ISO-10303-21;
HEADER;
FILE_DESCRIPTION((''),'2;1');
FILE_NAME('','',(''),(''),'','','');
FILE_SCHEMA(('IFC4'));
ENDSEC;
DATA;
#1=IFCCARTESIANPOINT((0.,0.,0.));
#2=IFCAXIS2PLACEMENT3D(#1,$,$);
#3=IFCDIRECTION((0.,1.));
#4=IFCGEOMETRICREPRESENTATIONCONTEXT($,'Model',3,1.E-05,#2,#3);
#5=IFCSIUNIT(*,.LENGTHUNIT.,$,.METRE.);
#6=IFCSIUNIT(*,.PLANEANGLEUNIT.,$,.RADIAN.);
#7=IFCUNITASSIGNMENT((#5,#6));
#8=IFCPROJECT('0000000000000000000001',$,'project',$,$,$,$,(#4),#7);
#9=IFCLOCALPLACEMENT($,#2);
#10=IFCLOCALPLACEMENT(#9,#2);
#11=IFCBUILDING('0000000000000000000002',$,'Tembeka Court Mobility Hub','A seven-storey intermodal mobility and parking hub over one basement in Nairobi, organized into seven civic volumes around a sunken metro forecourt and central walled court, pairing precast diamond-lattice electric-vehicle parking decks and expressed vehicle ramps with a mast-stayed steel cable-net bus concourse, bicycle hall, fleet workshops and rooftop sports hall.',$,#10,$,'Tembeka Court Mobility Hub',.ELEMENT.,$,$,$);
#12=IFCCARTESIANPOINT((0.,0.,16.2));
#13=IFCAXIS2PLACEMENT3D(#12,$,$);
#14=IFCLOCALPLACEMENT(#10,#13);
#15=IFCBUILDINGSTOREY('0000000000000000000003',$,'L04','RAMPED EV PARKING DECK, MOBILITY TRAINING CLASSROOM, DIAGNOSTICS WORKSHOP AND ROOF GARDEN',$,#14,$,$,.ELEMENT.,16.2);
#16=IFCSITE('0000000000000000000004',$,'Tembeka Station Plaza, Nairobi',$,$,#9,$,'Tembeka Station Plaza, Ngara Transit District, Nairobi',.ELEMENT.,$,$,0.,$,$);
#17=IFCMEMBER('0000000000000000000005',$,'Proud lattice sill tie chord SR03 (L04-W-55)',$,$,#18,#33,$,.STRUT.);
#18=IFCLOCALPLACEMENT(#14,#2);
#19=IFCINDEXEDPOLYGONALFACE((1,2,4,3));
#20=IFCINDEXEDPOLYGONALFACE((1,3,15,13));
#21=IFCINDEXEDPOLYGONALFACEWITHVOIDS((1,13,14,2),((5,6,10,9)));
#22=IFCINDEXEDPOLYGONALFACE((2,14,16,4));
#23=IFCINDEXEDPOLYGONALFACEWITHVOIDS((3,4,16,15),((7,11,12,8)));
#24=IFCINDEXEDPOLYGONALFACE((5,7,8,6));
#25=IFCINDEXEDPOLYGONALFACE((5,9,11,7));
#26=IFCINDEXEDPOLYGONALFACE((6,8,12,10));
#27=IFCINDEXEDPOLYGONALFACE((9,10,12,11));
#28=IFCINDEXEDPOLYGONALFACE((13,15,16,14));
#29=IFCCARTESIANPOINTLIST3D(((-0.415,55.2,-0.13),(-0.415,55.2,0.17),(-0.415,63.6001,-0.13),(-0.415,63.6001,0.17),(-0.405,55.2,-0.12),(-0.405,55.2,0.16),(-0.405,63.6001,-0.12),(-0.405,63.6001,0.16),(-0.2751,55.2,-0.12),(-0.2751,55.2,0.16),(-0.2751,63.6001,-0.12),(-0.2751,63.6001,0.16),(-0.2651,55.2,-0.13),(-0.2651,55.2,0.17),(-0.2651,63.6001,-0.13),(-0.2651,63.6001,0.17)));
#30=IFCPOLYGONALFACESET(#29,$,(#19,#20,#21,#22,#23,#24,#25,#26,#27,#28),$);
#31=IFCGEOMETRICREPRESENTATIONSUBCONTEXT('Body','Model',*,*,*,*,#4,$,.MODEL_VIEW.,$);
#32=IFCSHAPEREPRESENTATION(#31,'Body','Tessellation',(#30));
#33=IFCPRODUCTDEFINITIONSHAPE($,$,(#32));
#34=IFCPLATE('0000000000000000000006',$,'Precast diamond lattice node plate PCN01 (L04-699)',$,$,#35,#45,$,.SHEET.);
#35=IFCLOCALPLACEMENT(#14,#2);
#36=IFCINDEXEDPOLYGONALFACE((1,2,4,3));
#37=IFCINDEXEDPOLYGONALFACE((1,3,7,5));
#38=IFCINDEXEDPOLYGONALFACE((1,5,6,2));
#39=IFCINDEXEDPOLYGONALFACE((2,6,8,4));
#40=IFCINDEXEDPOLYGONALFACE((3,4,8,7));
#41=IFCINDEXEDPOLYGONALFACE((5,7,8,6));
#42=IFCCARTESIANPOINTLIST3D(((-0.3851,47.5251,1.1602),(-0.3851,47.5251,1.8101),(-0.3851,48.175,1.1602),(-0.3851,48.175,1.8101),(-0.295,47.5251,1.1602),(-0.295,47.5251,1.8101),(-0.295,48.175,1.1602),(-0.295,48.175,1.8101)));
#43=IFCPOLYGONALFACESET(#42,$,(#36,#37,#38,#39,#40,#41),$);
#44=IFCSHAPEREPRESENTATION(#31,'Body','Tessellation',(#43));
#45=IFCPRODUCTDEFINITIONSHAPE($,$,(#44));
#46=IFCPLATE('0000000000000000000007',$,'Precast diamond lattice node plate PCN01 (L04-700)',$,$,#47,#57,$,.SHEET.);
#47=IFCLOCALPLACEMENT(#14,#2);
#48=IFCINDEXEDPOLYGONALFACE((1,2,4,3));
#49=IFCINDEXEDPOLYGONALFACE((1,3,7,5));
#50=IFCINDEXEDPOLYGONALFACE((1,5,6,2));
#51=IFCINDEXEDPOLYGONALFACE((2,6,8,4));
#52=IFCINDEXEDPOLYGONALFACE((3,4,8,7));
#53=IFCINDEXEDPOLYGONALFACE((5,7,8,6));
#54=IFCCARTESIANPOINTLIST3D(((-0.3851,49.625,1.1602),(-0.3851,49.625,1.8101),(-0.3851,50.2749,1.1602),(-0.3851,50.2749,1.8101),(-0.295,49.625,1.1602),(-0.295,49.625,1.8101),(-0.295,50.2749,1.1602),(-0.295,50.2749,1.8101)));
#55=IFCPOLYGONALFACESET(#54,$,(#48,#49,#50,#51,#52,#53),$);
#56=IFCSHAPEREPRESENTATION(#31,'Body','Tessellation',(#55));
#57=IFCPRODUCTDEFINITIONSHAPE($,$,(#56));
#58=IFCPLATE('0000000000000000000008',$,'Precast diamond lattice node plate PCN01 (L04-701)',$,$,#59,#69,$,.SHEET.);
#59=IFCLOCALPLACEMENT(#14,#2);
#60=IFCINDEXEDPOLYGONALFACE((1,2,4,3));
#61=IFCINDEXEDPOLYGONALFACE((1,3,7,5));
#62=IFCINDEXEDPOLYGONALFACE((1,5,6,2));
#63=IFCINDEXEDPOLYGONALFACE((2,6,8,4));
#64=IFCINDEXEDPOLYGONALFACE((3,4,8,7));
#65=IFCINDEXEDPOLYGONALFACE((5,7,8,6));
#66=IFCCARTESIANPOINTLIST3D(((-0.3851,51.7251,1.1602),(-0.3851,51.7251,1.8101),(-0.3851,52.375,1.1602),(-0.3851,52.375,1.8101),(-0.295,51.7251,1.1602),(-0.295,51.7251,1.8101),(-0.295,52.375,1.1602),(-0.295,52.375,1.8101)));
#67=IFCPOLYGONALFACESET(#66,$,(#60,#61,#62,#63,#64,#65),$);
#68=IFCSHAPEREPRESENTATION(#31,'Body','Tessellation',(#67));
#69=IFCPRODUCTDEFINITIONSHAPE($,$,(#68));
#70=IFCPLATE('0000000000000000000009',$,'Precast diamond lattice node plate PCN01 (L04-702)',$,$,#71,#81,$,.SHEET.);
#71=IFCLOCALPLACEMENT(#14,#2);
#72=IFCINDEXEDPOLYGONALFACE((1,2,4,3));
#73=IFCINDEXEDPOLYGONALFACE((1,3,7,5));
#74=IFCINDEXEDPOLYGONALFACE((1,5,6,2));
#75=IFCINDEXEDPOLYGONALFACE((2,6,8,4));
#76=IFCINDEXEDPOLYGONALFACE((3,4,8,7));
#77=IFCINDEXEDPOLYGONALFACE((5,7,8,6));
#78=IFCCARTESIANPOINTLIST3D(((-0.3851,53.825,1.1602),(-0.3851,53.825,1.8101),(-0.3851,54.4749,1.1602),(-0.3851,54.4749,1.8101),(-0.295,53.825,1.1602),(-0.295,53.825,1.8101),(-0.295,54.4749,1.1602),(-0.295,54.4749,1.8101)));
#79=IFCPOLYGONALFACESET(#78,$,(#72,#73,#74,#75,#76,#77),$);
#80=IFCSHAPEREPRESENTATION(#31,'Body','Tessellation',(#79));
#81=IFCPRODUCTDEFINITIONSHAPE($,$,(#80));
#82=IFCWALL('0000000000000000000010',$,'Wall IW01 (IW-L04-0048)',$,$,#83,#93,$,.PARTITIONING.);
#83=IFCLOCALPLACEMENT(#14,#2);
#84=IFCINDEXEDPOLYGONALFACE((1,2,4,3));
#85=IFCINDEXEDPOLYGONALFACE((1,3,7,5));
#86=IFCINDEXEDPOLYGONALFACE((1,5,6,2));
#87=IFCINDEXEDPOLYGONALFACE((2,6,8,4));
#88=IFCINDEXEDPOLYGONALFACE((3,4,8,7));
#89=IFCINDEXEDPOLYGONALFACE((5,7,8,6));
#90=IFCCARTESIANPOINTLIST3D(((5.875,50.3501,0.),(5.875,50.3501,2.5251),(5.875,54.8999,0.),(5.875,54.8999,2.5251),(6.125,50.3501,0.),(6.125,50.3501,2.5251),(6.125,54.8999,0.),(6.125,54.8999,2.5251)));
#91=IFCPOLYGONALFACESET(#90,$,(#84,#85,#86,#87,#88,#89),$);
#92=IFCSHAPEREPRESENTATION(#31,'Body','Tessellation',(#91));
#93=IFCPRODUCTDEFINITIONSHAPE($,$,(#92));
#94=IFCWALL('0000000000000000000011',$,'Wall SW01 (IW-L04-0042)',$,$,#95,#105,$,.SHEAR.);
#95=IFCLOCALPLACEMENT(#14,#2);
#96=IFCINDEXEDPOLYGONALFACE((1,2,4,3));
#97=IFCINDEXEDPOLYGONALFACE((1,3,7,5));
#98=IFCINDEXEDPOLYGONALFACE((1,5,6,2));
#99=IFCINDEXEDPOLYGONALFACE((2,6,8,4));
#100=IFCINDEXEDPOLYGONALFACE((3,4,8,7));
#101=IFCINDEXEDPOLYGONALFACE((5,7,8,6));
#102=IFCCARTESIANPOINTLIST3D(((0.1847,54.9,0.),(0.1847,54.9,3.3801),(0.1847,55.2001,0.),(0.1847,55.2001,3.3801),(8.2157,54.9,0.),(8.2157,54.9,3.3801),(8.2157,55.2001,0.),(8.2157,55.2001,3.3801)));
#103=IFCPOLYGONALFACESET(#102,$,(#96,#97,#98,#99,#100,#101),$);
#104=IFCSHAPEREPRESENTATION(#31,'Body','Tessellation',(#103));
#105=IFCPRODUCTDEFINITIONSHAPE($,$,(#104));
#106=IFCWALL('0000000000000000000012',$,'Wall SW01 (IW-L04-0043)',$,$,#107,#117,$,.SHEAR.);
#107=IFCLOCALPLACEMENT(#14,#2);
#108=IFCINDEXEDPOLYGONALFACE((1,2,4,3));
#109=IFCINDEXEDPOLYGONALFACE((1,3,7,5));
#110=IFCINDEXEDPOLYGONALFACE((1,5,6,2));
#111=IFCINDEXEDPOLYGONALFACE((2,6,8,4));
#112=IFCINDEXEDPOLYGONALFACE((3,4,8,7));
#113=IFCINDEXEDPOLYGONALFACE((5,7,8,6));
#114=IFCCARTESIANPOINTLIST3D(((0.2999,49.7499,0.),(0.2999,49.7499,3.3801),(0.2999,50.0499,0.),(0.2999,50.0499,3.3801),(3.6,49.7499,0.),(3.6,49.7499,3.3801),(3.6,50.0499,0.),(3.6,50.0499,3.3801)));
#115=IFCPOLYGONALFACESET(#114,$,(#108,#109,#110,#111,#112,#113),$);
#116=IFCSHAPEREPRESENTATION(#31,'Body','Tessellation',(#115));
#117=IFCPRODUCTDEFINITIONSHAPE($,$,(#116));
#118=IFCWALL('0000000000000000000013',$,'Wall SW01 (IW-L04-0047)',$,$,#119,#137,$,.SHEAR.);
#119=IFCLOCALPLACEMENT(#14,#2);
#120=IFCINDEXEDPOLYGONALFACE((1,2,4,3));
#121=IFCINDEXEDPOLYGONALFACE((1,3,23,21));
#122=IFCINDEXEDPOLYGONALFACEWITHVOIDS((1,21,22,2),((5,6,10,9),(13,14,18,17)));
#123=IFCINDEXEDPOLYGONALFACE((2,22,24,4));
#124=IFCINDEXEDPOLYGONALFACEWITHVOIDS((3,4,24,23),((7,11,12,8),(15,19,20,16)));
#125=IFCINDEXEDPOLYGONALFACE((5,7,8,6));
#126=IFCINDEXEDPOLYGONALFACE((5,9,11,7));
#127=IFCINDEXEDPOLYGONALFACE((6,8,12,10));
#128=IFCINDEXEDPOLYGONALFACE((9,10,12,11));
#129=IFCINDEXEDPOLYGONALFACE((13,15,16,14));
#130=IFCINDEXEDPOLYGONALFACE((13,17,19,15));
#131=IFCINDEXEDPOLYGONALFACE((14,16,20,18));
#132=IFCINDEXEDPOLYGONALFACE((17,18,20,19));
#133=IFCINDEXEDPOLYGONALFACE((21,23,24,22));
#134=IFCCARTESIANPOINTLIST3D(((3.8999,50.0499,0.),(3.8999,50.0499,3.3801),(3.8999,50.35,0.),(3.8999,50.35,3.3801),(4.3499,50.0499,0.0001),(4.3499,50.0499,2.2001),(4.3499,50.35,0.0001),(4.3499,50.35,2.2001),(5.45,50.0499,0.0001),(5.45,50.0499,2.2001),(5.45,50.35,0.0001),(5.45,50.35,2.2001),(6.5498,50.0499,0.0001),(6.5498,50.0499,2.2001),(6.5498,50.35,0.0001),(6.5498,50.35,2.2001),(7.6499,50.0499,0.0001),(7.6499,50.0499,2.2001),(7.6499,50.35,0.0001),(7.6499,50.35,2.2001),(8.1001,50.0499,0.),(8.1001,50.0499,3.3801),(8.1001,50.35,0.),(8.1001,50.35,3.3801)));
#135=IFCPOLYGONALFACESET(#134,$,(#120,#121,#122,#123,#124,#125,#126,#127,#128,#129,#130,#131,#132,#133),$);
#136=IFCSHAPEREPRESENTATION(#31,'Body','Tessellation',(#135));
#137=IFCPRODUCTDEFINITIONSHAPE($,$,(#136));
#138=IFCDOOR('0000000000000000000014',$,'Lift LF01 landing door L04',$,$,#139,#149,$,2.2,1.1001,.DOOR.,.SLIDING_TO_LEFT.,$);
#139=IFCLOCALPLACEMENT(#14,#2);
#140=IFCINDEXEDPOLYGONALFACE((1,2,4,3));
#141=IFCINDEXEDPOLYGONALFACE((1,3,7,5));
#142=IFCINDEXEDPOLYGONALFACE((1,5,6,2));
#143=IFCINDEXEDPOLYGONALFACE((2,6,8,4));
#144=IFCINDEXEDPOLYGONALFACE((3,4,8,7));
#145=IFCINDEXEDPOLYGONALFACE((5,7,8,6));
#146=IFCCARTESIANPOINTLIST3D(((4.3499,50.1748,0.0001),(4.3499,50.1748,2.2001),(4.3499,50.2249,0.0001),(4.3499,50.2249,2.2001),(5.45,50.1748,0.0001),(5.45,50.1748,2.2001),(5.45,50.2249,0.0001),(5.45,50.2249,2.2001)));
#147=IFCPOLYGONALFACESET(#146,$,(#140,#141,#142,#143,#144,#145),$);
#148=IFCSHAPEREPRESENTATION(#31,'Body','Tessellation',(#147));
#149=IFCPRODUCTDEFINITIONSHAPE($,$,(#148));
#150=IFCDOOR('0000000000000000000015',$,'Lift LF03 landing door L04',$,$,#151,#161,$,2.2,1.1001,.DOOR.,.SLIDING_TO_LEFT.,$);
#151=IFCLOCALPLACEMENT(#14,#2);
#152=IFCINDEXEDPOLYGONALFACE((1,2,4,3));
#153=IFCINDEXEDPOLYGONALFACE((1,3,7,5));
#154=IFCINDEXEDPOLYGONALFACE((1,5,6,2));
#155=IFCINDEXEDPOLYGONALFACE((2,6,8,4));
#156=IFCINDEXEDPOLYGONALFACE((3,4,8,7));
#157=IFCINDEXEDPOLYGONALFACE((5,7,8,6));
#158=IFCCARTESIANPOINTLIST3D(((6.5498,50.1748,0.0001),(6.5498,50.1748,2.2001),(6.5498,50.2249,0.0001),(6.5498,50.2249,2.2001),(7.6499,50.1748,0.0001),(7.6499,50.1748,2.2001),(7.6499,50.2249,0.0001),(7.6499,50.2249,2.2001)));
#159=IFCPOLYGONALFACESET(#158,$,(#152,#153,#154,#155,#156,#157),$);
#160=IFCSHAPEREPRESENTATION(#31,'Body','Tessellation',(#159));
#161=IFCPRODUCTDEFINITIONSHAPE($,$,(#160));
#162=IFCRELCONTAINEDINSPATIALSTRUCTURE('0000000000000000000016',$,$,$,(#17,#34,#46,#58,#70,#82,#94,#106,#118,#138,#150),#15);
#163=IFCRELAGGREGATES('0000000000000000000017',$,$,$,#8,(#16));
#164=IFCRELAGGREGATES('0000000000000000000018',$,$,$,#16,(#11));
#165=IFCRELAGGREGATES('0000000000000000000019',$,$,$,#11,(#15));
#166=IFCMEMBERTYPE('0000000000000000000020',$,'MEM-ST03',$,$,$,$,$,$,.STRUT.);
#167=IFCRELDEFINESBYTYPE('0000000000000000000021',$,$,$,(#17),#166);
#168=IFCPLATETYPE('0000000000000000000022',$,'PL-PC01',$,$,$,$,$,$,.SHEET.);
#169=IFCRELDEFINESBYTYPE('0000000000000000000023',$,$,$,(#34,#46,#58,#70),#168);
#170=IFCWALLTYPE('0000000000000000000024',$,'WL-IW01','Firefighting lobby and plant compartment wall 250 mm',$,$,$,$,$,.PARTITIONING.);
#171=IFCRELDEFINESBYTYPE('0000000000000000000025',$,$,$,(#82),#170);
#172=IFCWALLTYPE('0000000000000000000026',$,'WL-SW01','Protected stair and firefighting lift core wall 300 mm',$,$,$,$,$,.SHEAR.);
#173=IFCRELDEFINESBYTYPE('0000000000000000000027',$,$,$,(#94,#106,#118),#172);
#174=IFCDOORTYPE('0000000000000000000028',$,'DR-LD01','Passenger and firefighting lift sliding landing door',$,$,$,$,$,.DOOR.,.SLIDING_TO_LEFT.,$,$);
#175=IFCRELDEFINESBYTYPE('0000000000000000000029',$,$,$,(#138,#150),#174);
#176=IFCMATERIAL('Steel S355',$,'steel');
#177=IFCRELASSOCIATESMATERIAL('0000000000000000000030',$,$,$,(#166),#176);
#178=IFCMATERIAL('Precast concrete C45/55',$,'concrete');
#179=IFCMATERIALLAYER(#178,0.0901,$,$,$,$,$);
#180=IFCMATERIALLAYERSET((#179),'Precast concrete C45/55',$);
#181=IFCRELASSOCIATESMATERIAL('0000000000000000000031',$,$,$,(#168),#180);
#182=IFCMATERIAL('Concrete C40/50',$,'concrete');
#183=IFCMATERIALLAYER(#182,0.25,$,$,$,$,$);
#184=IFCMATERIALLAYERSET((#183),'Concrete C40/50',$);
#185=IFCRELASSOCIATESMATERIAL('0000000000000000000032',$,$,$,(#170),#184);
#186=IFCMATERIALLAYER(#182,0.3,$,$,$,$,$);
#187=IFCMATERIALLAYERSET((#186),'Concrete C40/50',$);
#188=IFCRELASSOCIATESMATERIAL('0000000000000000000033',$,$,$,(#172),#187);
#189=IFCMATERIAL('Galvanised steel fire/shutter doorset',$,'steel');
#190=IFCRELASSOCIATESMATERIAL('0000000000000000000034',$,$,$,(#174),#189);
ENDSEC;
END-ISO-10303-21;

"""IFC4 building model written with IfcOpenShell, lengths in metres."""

from ifc_helpers import new_model, si_unit, direction, frame, frame_2d, origin, origin_2d, place, context, subcontext, project, spatial, rectangle, hollow_rectangle, extrude, material, layer, layer_set, material_profile, profile_set, type_object, element, fill, save


model = new_model("IFC4")

# Units and contexts
model_context = context("Model", 3, precision=1e-05, world=origin(), true_north=direction((0.0, 1.0)))
body_context = subcontext(model_context, "Body", "Model", "MODEL_VIEW")
ifc_project = project(units=[si_unit("LENGTHUNIT", "METRE"), si_unit("PLANEANGLEUNIT", "RADIAN")], contexts=[model_context])

# Site, building, storey
site_placement = place(None, origin())
site = spatial("IfcSite", under=ifc_project, at=site_placement, Name="Tembeka Station Plaza, Nairobi", LongName="Tembeka Station Plaza, Ngara Transit District, Nairobi", CompositionType="ELEMENT", RefElevation=0.0)
building_placement = place(site_placement, origin())
building = spatial("IfcBuilding", under=site, at=building_placement, Name="Tembeka Court Mobility Hub", Description="A seven-storey intermodal mobility and parking hub over one basement in Nairobi, organized into seven civic volumes around a sunken metro forecourt and central walled court, pairing precast diamond-lattice electric-vehicle parking decks and expressed vehicle ramps with a mast-stayed steel cable-net bus concourse, bicycle hall, fleet workshops and rooftop sports hall.", LongName="Tembeka Court Mobility Hub", CompositionType="ELEMENT")
storey_placement = place(building_placement, frame((0.0, 0.0, 16.2)))
storey = spatial("IfcBuildingStorey", under=building, at=storey_placement, Name="L04", Description="RAMPED EV PARKING DECK, MOBILITY TRAINING CLASSROOM, DIAGNOSTICS WORKSHOP AND ROOF GARDEN", CompositionType="ELEMENT", Elevation=16.2)

# Shared definitions
ifc_material_1 = material(Name="Steel S355", Category="steel")

# Shared definitions
ifc_material_2 = material(Name="Precast concrete C45/55", Category="concrete")

# Member
ifc_material_profile_1 = material_profile(ifc_material_1, hollow_rectangle(XDim=0.1499, YDim=0.3, WallThickness=0.01, at=origin_2d()), Name="RHS 300x150x10")
ifc_profile_set_1 = profile_set([ifc_material_profile_1], Name="Steel S355")
member_type_1 = type_object("IfcMemberType", Name="MEM-ST03", PredefinedType="STRUT", material=ifc_profile_set_1)
member_1_placement = place(storey_placement, frame((-0.3401, 55.2, 0.02), z_axis=(0.0, 1.0, 0.0), x_axis=(-1.0, 0.0, 0.0)))
element("IfcMember", 1, at=member_1_placement, inside=storey, type_object=member_type_1, Name="Proud lattice sill tie chord SR03 (L04-W-55)", PredefinedType="STRUT", context=body_context, shape_type="SweptSolid", body=[
    extrude(hollow_rectangle(XDim=0.1499, YDim=0.3, WallThickness=0.01, at=origin_2d()), origin(), (0.0, 0.0, 1.0), 8.4001),
])

# Plates
ifc_layer_1 = layer(ifc_material_2, 0.0901)
ifc_layer_set_1 = layer_set([ifc_layer_1], Name="Precast concrete C45/55")
plate_type = type_object("IfcPlateType", Name="PL-PC01", PredefinedType="SHEET", material=ifc_layer_set_1)
for number, where, z_axis, x_axis, name in (
    (2, (-0.3401, 47.8501, 1.1602), (0.0, 0.0, 1.0), (1.0, 0.0, 0.0), "Precast diamond lattice node plate PCN01 (L04-699)"),
    (3, (-0.3401, 49.95, 1.1602), (0.0, 0.0, 1.0), (1.0, 0.0, 0.0), "Precast diamond lattice node plate PCN01 (L04-700)"),
    (4, (-0.3401, 52.05, 1.1602), (0.0, 0.0, 1.0), (1.0, 0.0, 0.0), "Precast diamond lattice node plate PCN01 (L04-701)"),
    (5, (-0.3401, 54.1499, 1.1602), (0.0, 0.0, 1.0), (1.0, 0.0, 0.0), "Precast diamond lattice node plate PCN01 (L04-702)"),
):
    element("IfcPlate", number, at=place(storey_placement, frame(where, z_axis=z_axis, x_axis=x_axis)), inside=storey, type_object=plate_type, Name=name, PredefinedType="SHEET", context=body_context, shape_type="SweptSolid", body=[
        extrude(rectangle(XDim=0.0901, YDim=0.6499, at=origin_2d()), origin(), (0.0, 0.0, 1.0), 0.6499),
    ])

# Walls
ifc_material_3 = material(Name="Concrete C40/50", Category="concrete")
ifc_layer_2 = layer(ifc_material_3, 0.25)
ifc_layer_set_2 = layer_set([ifc_layer_2], Name="Concrete C40/50")
wall_type_1 = type_object("IfcWallType", Name="WL-IW01", Description="Firefighting lobby and plant compartment wall 250 mm", PredefinedType="PARTITIONING", material=ifc_layer_set_2)
wall_1_placement = place(storey_placement, frame((6.0, 50.3501, 0.0), z_axis=(0.0, 0.0, 1.0), x_axis=(0.0, 1.0, 0.0)))
element("IfcWall", 6, at=wall_1_placement, inside=storey, type_object=wall_type_1, Name="Wall IW01 (IW-L04-0048)", PredefinedType="PARTITIONING", context=body_context, shape_type="SweptSolid", body=[
    extrude(rectangle(XDim=4.5498, YDim=0.25, at=frame_2d((2.2749, 0.0))), origin(), (0.0, 0.0, 1.0), 2.5251),
])
ifc_layer_3 = layer(ifc_material_3, 0.3)
ifc_layer_set_3 = layer_set([ifc_layer_3], Name="Concrete C40/50")
wall_type_2 = type_object("IfcWallType", Name="WL-SW01", Description="Protected stair and firefighting lift core wall 300 mm", PredefinedType="SHEAR", material=ifc_layer_set_3)
wall_2_placement = place(storey_placement, frame((0.1846, 55.05, 0.0), z_axis=(0.0, 0.0, 1.0), x_axis=(1.0, 0.0, 0.0)))
element("IfcWall", 7, at=wall_2_placement, inside=storey, type_object=wall_type_2, Name="Wall SW01 (IW-L04-0042)", PredefinedType="SHEAR", context=body_context, shape_type="SweptSolid", body=[
    extrude(rectangle(XDim=8.031, YDim=0.3, at=frame_2d((4.0156, 0.0))), origin(), (0.0, 0.0, 1.0), 3.3801),
])
wall_3_placement = place(storey_placement, frame((0.3, 49.8999, 0.0), z_axis=(0.0, 0.0, 1.0), x_axis=(1.0, 0.0, 0.0)))
element("IfcWall", 8, at=wall_3_placement, inside=storey, type_object=wall_type_2, Name="Wall SW01 (IW-L04-0043)", PredefinedType="SHEAR", context=body_context, shape_type="SweptSolid", body=[
    extrude(rectangle(XDim=3.3, YDim=0.3, at=frame_2d((1.6499, 0.0))), origin(), (0.0, 0.0, 1.0), 3.3801),
])

# Wall, openings, doors
wall_4_placement = place(storey_placement, frame((3.8999, 50.2, 0.0), z_axis=(0.0, 0.0, 1.0), x_axis=(1.0, 0.0, 0.0)))
wall_4 = element("IfcWall", 9, at=wall_4_placement, inside=storey, type_object=wall_type_2, Name="Wall SW01 (IW-L04-0047)", PredefinedType="SHEAR", context=body_context, shape_type="SweptSolid", body=[
    extrude(rectangle(XDim=4.2002, YDim=0.3, at=frame_2d((2.1001, 0.0))), origin(), (0.0, 0.0, 1.0), 3.3801),
])
opening_1_placement = place(wall_4_placement, frame((0.45, 0.0, 0.0)))
opening_1 = element("IfcOpeningElement", 10, at=opening_1_placement, cuts=wall_4, PredefinedType="OPENING", context=body_context, shape_type="SweptSolid", body=[
    extrude(rectangle(XDim=1.1001, YDim=2.2, at=frame_2d((0.55, 1.1001))), frame((0.0, 0.1602, 0.0), z_axis=(0.0, -1.0, 0.0), x_axis=(1.0, 0.0, 0.0)), (0.0, 0.0, 1.0), 0.3201),
])
opening_2_placement = place(wall_4_placement, frame((2.6499, 0.0, 0.0)))
opening_2 = element("IfcOpeningElement", 11, at=opening_2_placement, cuts=wall_4, PredefinedType="OPENING", context=body_context, shape_type="SweptSolid", body=[
    extrude(rectangle(XDim=1.1001, YDim=2.2, at=frame_2d((0.55, 1.1001))), frame((0.0, 0.1602, 0.0), z_axis=(0.0, -1.0, 0.0), x_axis=(1.0, 0.0, 0.0)), (0.0, 0.0, 1.0), 0.3201),
])
ifc_material_4 = material(Name="Galvanised steel fire/shutter doorset", Category="steel")
door_type = type_object("IfcDoorType", Name="DR-LD01", Description="Passenger and firefighting lift sliding landing door", OperationType="SLIDING_TO_LEFT", PredefinedType="DOOR", material=ifc_material_4)
door_1_placement = place(opening_1_placement, origin())
door_1 = element("IfcDoor", 12, at=door_1_placement, inside=storey, type_object=door_type, Name="Lift LF01 landing door L04", OperationType="SLIDING_TO_LEFT", OverallHeight=2.2, OverallWidth=1.1001, PredefinedType="DOOR", context=body_context, shape_type="SweptSolid", body=[
    extrude(rectangle(XDim=1.1001, YDim=2.2, at=frame_2d((0.55, 1.1001))), frame((0.0, 0.0249, 0.0), z_axis=(0.0, -1.0, 0.0), x_axis=(1.0, 0.0, 0.0)), (0.0, 0.0, 1.0), 0.05),
])
fill(opening_1, door_1)
door_2_placement = place(opening_2_placement, origin())
door_2 = element("IfcDoor", 13, at=door_2_placement, inside=storey, type_object=door_type, Name="Lift LF03 landing door L04", OperationType="SLIDING_TO_LEFT", OverallHeight=2.2, OverallWidth=1.1001, PredefinedType="DOOR", context=body_context, shape_type="SweptSolid", body=[
    extrude(rectangle(XDim=1.1001, YDim=2.2, at=frame_2d((0.55, 1.1001))), frame((0.0, 0.0249, 0.0), z_axis=(0.0, -1.0, 0.0), x_axis=(1.0, 0.0, 0.0)), (0.0, 0.0, 1.0), 0.05),
])
fill(opening_2, door_2)

save(model, "model.ifc")
